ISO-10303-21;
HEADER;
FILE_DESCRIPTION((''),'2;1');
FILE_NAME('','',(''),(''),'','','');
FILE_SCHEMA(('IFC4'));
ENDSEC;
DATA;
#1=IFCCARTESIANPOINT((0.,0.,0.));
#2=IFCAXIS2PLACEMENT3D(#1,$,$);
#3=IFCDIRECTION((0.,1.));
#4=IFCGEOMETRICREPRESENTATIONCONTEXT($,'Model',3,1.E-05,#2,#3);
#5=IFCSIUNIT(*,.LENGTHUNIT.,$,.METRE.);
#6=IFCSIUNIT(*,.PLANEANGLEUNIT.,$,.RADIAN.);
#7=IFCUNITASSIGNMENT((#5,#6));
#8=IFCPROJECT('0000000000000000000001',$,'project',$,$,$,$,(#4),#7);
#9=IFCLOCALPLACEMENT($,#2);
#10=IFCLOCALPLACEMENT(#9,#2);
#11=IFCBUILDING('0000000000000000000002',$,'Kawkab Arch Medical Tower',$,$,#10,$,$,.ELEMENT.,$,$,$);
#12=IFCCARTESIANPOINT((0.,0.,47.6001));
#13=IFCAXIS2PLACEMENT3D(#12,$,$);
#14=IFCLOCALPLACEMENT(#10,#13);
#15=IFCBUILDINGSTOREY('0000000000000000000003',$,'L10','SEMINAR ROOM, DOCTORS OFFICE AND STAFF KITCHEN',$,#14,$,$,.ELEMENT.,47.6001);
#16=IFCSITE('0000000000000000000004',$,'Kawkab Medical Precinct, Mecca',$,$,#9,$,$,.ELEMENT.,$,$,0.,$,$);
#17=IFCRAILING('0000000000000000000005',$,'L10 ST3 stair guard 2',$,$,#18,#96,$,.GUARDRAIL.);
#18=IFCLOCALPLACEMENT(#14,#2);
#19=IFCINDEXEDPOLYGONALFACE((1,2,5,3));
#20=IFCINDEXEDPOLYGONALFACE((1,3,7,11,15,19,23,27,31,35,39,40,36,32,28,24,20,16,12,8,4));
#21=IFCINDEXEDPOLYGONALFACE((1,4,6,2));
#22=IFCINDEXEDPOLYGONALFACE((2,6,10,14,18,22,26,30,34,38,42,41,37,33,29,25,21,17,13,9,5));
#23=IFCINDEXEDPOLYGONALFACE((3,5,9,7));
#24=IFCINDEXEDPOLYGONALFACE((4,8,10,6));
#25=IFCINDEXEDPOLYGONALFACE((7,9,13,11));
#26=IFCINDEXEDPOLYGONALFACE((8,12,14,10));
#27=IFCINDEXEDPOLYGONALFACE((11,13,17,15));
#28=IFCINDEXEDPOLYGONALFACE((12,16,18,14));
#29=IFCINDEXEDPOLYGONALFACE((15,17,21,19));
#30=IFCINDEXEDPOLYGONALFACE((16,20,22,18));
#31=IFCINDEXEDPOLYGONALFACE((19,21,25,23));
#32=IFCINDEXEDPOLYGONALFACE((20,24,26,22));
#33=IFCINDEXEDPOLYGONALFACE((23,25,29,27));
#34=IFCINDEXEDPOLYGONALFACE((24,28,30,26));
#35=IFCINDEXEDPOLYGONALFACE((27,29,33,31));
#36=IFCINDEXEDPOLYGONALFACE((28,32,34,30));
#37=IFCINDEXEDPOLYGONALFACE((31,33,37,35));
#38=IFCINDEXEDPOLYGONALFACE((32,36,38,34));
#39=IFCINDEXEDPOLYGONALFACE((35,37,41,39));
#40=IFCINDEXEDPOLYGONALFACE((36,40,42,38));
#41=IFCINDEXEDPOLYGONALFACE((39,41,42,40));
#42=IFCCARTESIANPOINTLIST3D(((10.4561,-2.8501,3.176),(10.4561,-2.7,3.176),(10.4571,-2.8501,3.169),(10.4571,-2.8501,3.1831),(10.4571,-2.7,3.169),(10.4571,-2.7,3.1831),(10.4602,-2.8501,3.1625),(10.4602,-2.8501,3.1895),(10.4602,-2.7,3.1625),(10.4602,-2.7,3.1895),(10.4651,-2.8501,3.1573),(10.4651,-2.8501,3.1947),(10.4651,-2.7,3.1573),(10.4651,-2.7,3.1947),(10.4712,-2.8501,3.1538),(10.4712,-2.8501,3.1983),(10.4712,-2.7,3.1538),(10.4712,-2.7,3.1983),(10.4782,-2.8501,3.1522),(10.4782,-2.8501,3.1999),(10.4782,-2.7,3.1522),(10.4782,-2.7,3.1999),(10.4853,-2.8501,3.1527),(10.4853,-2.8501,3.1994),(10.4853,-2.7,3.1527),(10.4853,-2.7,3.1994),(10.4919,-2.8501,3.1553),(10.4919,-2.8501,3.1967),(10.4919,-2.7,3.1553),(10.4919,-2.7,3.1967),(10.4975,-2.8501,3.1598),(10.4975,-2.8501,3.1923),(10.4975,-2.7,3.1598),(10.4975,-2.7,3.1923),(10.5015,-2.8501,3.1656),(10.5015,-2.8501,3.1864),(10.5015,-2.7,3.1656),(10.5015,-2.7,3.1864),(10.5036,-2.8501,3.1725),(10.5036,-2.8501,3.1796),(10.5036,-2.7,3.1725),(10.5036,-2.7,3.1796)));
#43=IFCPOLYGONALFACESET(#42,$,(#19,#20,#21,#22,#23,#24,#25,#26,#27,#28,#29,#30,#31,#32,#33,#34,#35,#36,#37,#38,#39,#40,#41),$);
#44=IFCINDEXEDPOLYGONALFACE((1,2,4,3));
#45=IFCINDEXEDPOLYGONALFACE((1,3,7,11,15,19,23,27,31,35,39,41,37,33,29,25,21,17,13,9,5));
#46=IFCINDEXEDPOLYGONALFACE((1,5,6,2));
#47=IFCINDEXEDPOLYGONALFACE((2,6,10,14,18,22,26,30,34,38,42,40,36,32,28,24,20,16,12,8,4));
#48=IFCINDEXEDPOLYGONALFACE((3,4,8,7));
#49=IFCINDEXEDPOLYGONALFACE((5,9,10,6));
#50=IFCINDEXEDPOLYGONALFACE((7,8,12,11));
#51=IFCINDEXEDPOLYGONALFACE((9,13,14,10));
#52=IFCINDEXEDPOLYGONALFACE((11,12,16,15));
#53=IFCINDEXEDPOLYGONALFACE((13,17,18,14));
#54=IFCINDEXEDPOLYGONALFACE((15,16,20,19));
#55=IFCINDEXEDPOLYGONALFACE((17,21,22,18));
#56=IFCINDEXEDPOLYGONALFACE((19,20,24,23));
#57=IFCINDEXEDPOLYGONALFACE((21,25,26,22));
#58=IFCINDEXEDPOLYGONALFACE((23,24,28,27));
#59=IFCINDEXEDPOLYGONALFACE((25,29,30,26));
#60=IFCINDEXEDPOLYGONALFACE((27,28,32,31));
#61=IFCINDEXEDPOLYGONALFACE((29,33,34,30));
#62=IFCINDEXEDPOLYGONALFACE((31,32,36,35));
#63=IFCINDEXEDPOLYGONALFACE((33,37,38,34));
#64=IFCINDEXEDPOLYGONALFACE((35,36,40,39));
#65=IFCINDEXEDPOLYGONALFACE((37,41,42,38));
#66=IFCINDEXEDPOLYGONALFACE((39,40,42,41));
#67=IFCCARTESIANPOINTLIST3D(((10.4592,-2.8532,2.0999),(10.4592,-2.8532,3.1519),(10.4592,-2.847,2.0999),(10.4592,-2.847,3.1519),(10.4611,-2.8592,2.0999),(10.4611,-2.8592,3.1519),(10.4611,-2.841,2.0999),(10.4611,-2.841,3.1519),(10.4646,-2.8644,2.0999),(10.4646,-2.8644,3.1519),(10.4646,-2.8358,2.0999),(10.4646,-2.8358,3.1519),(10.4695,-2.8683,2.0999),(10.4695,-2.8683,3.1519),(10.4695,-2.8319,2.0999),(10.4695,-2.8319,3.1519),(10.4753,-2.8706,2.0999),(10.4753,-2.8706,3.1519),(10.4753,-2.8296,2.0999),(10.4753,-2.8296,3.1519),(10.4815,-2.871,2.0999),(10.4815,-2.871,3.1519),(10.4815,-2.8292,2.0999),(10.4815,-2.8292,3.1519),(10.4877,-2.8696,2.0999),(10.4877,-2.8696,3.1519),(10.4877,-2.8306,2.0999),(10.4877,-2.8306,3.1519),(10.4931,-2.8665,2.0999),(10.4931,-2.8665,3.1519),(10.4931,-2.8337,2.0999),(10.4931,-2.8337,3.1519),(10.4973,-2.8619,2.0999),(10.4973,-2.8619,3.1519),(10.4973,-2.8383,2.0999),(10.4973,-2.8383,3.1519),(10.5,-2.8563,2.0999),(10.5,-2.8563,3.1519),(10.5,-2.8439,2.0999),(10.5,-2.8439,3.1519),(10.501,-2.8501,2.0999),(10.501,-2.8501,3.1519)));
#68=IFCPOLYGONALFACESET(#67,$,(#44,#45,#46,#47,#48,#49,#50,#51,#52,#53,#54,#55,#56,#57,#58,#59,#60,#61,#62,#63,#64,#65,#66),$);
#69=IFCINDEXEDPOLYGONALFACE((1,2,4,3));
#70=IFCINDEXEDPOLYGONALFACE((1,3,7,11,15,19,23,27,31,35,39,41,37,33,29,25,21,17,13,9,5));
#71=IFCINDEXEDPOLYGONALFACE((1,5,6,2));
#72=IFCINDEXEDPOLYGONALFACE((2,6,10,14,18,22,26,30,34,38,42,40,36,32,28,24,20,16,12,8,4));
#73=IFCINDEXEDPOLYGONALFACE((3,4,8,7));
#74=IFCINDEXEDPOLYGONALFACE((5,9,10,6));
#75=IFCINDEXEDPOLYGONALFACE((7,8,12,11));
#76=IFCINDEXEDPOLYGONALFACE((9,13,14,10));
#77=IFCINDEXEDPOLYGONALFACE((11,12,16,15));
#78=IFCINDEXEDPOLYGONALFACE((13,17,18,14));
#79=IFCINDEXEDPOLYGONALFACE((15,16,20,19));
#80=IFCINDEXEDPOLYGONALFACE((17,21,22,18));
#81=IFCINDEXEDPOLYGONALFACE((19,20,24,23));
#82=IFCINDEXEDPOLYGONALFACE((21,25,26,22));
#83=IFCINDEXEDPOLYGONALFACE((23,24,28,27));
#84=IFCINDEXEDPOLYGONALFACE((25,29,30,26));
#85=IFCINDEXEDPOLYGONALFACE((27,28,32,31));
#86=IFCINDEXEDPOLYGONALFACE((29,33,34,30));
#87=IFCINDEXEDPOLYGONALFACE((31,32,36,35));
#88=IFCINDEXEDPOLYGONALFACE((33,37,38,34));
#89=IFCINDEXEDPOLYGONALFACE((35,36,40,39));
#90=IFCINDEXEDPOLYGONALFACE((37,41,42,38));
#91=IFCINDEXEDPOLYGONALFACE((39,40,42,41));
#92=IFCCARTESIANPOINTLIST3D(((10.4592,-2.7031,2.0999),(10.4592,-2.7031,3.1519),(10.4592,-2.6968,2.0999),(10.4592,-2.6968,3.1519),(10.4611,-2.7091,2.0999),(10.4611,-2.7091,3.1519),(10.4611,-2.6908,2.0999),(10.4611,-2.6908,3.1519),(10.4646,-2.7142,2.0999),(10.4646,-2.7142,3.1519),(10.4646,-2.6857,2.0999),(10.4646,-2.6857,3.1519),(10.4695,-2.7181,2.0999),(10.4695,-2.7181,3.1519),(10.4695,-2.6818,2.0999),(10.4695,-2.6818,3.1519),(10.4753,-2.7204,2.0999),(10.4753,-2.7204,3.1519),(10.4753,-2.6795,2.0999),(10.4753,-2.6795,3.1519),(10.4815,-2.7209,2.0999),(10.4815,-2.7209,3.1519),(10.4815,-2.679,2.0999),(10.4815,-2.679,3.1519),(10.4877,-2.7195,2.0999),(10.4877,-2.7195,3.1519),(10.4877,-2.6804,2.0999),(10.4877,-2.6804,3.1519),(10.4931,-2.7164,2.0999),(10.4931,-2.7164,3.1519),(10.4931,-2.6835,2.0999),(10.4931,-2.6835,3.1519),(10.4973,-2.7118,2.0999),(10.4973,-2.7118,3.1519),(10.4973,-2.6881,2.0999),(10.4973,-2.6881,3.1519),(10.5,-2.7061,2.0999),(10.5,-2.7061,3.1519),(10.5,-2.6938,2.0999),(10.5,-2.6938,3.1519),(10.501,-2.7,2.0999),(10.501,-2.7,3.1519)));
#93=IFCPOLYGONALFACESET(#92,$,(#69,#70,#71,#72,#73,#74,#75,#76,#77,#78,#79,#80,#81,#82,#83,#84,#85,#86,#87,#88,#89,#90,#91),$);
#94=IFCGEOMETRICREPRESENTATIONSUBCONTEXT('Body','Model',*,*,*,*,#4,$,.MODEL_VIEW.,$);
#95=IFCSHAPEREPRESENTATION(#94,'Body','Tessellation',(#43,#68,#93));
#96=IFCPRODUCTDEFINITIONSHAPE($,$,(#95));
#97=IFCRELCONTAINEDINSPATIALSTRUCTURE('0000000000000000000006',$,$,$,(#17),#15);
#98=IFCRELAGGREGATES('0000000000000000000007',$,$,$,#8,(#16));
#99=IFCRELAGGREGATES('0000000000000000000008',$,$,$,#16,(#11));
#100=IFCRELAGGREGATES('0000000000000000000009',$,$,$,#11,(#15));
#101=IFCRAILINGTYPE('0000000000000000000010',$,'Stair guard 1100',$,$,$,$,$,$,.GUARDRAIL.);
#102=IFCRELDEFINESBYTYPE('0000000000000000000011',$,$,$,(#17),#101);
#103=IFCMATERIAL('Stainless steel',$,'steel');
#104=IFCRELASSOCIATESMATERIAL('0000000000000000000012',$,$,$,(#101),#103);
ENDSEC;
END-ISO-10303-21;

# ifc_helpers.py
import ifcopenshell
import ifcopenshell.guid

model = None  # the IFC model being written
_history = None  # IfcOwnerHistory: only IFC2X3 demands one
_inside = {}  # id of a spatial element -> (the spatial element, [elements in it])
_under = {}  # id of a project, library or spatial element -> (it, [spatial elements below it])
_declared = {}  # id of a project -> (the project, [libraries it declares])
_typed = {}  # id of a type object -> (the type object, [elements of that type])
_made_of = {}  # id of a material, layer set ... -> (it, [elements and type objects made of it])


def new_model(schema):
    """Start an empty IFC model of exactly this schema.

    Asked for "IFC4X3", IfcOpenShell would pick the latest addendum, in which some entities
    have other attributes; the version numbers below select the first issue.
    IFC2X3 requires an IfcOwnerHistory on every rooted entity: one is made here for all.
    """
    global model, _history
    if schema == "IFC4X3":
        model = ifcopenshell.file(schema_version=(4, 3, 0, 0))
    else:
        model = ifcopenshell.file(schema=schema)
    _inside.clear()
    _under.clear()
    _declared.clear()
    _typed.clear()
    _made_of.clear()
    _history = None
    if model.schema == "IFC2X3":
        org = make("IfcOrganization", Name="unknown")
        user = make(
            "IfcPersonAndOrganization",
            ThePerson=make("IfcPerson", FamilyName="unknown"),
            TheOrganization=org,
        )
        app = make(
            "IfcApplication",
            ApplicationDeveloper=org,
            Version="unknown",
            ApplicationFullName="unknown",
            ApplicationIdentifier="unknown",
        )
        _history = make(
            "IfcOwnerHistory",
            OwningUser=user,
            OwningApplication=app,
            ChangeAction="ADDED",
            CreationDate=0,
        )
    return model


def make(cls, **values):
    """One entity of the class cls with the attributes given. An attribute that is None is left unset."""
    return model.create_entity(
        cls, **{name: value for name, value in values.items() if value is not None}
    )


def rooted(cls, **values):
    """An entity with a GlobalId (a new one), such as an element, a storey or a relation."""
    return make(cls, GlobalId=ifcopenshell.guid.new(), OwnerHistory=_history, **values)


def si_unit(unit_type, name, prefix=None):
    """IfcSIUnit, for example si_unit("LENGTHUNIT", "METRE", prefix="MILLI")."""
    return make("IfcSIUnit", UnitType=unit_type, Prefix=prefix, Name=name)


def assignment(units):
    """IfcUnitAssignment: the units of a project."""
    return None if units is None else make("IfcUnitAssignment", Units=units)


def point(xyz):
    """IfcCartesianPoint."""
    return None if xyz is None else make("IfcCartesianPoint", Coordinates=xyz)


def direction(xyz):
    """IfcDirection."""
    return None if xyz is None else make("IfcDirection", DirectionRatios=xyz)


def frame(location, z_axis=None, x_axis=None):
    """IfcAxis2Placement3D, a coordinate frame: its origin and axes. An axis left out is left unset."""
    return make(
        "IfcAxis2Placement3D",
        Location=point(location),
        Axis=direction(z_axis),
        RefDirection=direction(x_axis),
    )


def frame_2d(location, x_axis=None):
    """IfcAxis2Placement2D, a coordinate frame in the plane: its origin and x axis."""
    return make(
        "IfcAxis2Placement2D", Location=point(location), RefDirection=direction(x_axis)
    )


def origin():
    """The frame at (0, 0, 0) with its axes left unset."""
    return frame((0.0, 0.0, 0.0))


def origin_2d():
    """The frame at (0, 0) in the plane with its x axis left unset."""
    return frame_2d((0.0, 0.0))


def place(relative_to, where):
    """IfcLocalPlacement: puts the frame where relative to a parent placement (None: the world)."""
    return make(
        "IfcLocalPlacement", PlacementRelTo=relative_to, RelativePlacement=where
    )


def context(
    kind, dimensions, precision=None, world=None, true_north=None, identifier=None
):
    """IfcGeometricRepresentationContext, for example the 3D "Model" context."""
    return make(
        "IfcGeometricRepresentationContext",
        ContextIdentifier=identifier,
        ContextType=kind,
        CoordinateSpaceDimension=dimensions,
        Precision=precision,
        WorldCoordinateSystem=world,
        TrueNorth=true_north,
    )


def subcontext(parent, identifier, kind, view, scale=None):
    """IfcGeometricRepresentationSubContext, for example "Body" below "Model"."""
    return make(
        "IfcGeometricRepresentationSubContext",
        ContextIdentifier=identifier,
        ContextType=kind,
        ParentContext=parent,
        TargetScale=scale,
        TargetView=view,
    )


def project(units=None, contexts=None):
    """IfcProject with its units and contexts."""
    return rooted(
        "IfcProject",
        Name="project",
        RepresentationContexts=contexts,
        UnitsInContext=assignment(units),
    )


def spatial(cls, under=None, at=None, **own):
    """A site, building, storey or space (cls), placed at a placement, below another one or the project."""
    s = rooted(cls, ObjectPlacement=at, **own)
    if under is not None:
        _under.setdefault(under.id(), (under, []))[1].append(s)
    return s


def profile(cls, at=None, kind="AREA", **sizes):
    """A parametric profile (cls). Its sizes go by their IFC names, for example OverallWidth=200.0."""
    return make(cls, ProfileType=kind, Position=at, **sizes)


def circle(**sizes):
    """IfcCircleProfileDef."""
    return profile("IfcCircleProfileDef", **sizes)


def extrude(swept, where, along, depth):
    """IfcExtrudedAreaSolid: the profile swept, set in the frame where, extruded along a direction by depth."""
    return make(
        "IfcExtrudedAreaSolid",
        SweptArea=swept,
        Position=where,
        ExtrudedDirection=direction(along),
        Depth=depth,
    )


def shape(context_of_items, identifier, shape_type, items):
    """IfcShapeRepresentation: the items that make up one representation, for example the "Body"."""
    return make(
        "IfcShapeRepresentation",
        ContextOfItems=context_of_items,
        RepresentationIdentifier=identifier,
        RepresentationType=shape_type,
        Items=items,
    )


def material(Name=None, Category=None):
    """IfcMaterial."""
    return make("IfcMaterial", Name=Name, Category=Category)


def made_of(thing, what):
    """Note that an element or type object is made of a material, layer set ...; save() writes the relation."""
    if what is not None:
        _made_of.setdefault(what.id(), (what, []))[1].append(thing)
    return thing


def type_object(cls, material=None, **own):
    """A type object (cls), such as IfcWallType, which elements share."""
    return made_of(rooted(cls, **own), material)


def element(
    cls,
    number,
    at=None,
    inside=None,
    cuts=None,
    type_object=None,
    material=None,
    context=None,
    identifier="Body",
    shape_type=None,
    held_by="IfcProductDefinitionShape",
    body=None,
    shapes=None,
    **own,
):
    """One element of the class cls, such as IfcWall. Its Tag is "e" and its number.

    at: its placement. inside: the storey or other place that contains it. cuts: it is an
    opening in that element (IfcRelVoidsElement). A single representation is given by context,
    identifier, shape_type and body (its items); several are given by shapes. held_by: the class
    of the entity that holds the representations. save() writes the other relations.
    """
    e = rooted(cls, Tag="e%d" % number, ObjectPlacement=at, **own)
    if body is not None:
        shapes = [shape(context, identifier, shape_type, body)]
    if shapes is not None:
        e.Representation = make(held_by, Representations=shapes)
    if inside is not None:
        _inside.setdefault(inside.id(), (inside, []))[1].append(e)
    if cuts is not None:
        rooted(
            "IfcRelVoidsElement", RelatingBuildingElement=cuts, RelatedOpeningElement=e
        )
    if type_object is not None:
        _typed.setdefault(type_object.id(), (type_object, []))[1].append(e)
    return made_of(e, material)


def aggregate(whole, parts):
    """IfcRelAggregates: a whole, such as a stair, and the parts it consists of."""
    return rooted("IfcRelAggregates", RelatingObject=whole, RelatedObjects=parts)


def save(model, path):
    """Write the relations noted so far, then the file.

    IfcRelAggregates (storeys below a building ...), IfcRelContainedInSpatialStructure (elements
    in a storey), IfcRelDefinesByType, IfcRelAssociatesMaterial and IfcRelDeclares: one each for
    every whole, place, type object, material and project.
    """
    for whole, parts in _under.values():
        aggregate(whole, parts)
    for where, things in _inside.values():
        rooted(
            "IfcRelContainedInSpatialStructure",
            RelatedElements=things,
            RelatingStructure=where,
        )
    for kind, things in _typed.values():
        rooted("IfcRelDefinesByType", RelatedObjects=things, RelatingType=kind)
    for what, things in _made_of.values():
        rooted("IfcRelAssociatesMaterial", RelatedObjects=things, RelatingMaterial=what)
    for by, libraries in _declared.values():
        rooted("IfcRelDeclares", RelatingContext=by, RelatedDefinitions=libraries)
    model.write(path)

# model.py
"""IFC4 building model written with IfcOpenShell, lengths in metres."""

from ifc_helpers import new_model, si_unit, direction, frame, origin, origin_2d, place, context, subcontext, project, spatial, circle, extrude, material, type_object, element, save


model = new_model("IFC4")

# Units and contexts
model_context = context("Model", 3, precision=1e-05, world=origin(), true_north=direction((0.0, 1.0)))
body_context = subcontext(model_context, "Body", "Model", "MODEL_VIEW")
ifc_project = project(units=[si_unit("LENGTHUNIT", "METRE"), si_unit("PLANEANGLEUNIT", "RADIAN")], contexts=[model_context])

# Site, building, storey
site_placement = place(None, origin())
site = spatial("IfcSite", under=ifc_project, at=site_placement, Name="Kawkab Medical Precinct, Mecca", CompositionType="ELEMENT", RefElevation=0.0)
building_placement = place(site_placement, origin())
building = spatial("IfcBuilding", under=site, at=building_placement, Name="Kawkab Arch Medical Tower", CompositionType="ELEMENT")
storey_placement = place(building_placement, frame((0.0, 0.0, 47.6001)))
storey = spatial("IfcBuildingStorey", under=building, at=storey_placement, Name="L10", Description="SEMINAR ROOM, DOCTORS OFFICE AND STAFF KITCHEN", CompositionType="ELEMENT", Elevation=47.6001)

# Railing
ifc_material_1 = material(Name="Stainless steel", Category="steel")
railing_type_1 = type_object("IfcRailingType", Name="Stair guard 1100", PredefinedType="GUARDRAIL", material=ifc_material_1)
railing_1_placement = place(storey_placement, frame((10.48, -2.8501, 2.0999)))
element("IfcRailing", 1, at=railing_1_placement, inside=storey, type_object=railing_type_1, Name="L10 ST3 stair guard 2", PredefinedType="GUARDRAIL", context=body_context, shape_type="SweptSolid", body=[
    extrude(circle(Radius=0.0239, at=origin_2d()), frame((0.0, 0.0, 1.0762), z_axis=(0.0, 1.0, 0.0), x_axis=(-1.0, 0.0, 0.0)), (0.0, 0.0, 1.0), 0.1501),
    extrude(circle(Radius=0.021, at=origin_2d()), origin(), (0.0, 0.0, 1.0), 1.052),
    extrude(circle(Radius=0.021, at=origin_2d()), frame((0.0, 0.1501, 0.0)), (0.0, 0.0, 1.0), 1.052),
])

save(model, "model.ifc")
